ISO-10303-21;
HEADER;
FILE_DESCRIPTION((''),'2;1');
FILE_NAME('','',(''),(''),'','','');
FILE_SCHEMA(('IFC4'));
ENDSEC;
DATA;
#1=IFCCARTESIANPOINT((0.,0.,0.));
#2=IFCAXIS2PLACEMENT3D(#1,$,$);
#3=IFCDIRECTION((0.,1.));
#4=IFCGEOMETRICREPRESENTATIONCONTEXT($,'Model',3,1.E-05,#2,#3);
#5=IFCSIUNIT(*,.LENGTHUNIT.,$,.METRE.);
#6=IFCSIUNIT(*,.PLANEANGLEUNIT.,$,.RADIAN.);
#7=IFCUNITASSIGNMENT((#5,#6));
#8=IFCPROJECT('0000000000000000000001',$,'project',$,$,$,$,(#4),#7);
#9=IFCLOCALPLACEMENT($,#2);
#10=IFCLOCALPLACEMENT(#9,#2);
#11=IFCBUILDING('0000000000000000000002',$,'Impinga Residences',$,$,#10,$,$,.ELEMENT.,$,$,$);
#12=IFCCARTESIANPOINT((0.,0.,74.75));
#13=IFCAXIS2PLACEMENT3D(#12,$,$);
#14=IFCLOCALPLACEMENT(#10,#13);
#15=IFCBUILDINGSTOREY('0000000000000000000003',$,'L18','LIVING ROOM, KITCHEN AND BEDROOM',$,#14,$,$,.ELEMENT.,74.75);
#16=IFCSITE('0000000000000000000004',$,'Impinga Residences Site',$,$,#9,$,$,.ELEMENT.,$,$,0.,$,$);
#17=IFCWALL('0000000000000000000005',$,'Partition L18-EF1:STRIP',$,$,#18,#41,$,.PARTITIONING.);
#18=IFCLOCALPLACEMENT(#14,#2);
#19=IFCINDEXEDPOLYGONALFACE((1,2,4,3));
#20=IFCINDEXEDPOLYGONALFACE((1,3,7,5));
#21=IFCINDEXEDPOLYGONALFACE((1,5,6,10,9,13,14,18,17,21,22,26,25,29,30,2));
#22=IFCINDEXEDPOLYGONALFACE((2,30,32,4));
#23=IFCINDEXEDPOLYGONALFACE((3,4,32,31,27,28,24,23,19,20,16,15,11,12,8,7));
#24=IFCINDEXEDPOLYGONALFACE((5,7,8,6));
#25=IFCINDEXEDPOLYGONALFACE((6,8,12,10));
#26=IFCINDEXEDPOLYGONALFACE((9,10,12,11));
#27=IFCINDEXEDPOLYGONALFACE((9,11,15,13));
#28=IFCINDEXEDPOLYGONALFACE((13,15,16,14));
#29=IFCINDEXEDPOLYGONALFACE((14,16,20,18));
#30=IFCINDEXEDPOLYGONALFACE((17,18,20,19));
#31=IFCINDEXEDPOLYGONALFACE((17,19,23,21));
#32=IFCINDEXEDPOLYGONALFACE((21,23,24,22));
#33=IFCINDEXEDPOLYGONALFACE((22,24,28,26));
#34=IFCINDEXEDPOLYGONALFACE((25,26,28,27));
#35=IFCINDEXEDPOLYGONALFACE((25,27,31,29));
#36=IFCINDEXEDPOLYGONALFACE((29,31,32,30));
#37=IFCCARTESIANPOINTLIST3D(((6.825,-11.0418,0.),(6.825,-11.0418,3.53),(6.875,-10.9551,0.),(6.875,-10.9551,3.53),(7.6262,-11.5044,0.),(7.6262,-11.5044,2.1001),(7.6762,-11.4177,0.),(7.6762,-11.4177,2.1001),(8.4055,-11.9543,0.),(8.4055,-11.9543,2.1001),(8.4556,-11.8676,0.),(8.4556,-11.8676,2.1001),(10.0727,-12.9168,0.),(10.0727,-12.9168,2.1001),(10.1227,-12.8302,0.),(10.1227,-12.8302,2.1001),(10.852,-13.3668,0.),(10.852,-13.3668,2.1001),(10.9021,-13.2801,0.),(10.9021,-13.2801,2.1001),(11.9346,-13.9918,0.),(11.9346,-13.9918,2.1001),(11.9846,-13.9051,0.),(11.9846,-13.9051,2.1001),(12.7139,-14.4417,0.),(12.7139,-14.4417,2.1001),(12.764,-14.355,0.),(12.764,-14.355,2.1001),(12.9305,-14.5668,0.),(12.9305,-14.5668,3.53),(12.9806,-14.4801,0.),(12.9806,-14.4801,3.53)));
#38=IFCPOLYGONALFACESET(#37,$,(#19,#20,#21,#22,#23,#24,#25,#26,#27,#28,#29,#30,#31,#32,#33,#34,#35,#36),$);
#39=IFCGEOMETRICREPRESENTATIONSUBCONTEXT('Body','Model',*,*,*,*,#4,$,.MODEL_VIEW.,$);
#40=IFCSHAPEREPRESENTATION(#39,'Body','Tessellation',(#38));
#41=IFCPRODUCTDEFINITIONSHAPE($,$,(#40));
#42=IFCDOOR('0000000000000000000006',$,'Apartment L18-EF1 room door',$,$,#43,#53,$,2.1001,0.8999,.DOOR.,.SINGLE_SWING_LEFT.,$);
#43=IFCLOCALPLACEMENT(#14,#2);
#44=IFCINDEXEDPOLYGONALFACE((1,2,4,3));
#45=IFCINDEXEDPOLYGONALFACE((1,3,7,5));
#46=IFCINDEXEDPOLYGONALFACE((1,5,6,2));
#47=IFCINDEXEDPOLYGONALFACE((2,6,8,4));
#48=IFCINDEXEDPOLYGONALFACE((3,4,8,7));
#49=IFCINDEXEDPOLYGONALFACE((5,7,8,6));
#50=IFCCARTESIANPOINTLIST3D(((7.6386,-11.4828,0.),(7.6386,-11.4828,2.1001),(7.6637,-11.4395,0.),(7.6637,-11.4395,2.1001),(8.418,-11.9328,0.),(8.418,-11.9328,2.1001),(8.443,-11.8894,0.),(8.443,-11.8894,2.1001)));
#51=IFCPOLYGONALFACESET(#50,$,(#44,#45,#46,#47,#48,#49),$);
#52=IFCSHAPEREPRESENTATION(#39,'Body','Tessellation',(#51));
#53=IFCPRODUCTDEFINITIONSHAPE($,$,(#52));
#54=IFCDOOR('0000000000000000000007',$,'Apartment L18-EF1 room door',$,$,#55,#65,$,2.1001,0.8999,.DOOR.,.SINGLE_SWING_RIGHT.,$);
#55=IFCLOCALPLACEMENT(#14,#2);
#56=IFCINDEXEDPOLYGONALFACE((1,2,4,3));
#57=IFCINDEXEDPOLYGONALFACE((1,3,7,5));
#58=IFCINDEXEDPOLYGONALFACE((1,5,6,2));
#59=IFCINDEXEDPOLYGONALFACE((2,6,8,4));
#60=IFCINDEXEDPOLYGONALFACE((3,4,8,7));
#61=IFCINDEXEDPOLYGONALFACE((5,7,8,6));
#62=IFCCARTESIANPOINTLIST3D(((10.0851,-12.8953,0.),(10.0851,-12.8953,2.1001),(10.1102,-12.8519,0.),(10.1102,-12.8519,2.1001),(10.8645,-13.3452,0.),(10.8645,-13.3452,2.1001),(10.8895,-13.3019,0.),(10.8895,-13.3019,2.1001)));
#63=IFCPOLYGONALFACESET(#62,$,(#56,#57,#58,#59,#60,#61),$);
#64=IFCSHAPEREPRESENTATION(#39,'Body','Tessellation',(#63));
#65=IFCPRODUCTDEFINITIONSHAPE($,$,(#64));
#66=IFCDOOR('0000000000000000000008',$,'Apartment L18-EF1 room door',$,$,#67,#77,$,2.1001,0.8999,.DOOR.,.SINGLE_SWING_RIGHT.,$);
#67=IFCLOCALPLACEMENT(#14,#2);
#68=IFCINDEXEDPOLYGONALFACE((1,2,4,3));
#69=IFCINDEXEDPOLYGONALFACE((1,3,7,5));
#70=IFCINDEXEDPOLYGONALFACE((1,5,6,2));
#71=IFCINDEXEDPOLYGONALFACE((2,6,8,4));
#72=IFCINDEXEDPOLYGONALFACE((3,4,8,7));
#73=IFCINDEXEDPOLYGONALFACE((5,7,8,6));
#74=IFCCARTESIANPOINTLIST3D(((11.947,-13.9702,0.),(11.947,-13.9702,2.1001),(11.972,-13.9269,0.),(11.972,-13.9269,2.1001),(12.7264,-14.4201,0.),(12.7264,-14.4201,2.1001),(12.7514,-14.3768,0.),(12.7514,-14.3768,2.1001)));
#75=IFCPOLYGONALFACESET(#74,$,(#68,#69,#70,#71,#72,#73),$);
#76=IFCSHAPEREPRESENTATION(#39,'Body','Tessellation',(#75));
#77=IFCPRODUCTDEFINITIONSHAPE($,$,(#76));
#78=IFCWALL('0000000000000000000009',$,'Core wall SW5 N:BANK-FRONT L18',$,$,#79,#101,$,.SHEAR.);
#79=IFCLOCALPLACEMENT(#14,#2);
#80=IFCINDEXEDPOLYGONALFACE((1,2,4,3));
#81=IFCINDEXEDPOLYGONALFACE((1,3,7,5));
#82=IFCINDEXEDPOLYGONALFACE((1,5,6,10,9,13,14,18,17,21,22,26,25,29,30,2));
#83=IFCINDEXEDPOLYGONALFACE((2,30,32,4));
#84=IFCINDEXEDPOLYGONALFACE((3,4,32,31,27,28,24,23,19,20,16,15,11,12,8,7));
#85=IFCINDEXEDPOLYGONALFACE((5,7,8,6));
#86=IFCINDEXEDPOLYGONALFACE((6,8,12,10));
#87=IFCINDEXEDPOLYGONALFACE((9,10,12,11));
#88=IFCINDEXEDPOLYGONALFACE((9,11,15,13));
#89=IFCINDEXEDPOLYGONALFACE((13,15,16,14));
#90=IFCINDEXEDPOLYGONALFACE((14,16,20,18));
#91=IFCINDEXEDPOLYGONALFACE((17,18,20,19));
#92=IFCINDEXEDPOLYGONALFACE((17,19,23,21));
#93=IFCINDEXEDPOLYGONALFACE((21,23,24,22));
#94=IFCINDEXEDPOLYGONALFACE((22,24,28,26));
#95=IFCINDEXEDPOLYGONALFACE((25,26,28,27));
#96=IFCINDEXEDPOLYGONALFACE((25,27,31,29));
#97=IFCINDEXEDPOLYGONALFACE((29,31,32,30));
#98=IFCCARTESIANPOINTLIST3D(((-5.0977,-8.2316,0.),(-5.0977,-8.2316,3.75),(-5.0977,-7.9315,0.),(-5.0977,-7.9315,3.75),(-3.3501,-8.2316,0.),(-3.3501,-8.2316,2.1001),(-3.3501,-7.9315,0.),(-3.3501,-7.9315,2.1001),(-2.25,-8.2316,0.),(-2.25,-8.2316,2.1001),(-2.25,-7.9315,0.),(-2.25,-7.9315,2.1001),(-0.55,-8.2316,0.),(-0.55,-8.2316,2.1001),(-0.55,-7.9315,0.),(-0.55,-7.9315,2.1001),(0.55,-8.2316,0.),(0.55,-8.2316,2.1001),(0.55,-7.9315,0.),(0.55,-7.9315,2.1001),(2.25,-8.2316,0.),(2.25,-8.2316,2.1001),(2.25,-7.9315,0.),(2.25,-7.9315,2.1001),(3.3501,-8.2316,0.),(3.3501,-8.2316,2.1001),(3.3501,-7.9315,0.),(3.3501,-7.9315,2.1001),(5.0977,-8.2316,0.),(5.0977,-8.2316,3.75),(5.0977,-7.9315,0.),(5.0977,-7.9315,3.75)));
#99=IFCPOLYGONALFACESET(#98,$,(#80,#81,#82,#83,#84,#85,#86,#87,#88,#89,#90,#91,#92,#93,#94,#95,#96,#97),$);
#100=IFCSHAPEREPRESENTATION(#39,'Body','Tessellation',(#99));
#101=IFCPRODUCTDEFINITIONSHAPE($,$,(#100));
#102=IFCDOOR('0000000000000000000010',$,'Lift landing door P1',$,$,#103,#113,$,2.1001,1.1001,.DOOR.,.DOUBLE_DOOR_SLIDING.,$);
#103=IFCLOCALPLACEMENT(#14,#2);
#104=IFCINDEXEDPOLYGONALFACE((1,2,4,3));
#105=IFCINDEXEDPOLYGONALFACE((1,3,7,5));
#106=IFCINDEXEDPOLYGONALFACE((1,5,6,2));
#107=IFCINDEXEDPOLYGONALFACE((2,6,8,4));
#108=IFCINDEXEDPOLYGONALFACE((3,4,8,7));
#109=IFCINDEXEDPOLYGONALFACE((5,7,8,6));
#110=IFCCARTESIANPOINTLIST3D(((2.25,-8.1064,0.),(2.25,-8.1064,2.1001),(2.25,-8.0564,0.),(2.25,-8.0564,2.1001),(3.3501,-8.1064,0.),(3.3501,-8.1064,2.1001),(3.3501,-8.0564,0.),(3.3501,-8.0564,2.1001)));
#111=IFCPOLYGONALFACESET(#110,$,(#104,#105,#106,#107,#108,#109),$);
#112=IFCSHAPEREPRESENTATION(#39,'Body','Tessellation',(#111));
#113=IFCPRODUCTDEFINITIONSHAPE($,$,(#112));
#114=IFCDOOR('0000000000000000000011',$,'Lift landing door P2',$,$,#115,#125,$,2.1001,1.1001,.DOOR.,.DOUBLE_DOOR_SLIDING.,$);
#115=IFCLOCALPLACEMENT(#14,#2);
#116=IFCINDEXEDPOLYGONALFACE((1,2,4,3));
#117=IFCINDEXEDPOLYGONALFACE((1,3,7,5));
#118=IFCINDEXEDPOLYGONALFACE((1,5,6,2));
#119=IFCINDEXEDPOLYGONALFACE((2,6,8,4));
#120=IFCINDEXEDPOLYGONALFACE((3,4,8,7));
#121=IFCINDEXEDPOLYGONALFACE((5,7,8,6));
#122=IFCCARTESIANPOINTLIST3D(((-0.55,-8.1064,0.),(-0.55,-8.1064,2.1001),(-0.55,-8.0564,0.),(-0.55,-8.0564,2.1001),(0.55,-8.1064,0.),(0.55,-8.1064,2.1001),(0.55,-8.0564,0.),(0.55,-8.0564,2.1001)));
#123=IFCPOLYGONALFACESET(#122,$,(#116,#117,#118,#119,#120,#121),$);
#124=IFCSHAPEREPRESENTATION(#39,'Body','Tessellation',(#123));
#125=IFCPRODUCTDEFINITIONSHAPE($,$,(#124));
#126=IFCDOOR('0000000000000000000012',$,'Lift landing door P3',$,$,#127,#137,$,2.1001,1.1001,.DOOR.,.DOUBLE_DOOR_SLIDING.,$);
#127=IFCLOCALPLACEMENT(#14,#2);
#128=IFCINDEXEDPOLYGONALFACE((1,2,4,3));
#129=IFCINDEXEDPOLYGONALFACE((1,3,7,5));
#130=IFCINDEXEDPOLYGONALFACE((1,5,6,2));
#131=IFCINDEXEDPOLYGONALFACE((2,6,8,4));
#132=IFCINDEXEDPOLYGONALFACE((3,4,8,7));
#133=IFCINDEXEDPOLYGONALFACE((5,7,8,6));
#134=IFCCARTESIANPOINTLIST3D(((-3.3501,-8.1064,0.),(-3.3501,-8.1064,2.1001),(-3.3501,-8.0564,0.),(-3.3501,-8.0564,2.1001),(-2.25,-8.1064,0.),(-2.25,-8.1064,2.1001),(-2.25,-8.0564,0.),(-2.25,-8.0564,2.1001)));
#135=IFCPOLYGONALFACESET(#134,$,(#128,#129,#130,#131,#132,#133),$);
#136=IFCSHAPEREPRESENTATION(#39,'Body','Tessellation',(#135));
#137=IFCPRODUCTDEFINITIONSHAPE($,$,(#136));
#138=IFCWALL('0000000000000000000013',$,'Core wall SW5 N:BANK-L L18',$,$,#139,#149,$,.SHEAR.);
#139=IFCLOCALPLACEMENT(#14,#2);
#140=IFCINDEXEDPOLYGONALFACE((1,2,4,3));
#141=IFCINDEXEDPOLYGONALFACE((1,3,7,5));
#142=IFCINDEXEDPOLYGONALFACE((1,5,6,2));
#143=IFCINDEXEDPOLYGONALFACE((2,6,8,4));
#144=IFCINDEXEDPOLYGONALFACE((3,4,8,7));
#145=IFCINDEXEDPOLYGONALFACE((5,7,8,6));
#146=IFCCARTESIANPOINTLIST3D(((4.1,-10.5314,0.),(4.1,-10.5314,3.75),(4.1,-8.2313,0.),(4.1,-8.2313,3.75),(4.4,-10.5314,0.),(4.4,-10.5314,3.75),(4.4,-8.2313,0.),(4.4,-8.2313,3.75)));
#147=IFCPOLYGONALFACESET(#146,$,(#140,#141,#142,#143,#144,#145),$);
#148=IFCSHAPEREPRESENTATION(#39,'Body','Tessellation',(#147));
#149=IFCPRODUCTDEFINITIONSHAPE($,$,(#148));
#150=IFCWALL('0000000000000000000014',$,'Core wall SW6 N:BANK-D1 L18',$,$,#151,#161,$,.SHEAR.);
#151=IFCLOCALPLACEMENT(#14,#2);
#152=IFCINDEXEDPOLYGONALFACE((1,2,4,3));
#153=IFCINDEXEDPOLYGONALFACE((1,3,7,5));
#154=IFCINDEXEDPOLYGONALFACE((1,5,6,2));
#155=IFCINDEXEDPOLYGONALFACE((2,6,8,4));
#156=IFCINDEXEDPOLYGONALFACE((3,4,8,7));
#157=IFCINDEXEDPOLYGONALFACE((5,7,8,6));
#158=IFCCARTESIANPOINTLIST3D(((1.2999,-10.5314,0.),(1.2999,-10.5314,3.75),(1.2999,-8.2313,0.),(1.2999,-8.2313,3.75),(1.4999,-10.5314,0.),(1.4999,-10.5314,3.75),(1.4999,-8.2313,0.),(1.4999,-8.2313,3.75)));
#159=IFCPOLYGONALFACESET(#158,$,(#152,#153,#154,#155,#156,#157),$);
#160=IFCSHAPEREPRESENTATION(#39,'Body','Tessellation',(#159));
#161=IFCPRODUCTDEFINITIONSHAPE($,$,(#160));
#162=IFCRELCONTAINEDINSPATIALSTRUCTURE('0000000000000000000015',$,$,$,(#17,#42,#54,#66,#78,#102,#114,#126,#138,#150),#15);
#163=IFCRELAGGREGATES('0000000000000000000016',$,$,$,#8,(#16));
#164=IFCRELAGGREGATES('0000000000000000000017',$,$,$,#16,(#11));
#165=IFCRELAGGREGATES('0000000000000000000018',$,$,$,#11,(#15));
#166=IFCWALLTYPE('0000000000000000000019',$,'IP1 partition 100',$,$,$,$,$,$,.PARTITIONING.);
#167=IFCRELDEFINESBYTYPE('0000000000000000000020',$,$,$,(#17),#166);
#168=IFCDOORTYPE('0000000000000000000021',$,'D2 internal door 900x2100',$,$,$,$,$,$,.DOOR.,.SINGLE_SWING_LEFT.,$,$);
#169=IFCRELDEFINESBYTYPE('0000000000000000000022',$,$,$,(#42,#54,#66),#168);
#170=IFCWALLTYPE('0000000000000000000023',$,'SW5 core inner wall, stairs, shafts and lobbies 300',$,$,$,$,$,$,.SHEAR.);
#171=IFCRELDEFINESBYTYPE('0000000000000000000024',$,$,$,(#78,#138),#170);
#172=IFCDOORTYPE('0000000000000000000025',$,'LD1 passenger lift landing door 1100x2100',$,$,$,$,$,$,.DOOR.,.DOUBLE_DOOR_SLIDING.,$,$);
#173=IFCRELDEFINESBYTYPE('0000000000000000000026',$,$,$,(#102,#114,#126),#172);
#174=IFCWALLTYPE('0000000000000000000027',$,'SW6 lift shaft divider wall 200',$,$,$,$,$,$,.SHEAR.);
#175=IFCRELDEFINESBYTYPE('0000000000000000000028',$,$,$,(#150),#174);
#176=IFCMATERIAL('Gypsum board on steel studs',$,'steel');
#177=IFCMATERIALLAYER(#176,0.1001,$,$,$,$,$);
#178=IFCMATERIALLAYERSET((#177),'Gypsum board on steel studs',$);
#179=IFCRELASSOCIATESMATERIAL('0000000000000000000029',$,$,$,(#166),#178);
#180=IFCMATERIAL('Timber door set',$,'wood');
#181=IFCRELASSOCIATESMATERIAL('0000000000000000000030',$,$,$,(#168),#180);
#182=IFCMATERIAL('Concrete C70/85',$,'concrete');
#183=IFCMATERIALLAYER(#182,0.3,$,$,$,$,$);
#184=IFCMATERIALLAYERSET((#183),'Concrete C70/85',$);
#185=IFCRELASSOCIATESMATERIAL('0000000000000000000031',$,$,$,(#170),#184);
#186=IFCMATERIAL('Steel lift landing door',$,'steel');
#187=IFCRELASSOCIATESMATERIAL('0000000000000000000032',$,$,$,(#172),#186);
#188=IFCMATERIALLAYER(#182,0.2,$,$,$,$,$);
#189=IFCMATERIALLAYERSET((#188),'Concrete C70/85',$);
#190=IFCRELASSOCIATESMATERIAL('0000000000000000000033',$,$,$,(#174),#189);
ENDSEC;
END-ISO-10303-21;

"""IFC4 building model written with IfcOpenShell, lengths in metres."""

from ifc_helpers import new_model, si_unit, direction, frame, frame_2d, origin, place, context, subcontext, project, spatial, rectangle, extrude, material, layer, layer_set, type_object, element, fill, save


model = new_model("IFC4")

# Units and contexts
model_context = context("Model", 3, precision=1e-05, world=origin(), true_north=direction((0.0, 1.0)))
body_context = subcontext(model_context, "Body", "Model", "MODEL_VIEW")
ifc_project = project(units=[si_unit("LENGTHUNIT", "METRE"), si_unit("PLANEANGLEUNIT", "RADIAN")], contexts=[model_context])

# Site, building, storey
site_placement = place(None, origin())
site = spatial("IfcSite", under=ifc_project, at=site_placement, Name="Impinga Residences Site", CompositionType="ELEMENT", RefElevation=0.0)
building_placement = place(site_placement, origin())
building = spatial("IfcBuilding", under=site, at=building_placement, Name="Impinga Residences", CompositionType="ELEMENT")
storey_placement = place(building_placement, frame((0.0, 0.0, 74.75)))
storey = spatial("IfcBuildingStorey", under=building, at=storey_placement, Name="L18", Description="LIVING ROOM, KITCHEN AND BEDROOM", CompositionType="ELEMENT", Elevation=74.75)

# Shared definitions
ifc_material_1 = material(Name="Concrete C70/85", Category="concrete")

# Shared definitions
ifc_material_2 = material(Name="Timber door set", Category="wood")

# Shared definitions
ifc_material_3 = material(Name="Gypsum board on steel studs", Category="steel")
ifc_layer_1 = layer(ifc_material_3, 0.1001)
ifc_layer_set_1 = layer_set([ifc_layer_1], Name="Gypsum board on steel studs")
wall_type_1 = type_object("IfcWallType", Name="IP1 partition 100", PredefinedType="PARTITIONING", material=ifc_layer_set_1)

# Walls, openings, doors
wall_1_placement = place(storey_placement, frame((6.8501, -10.9985, 0.0), z_axis=(0.0, 0.0, 1.0), x_axis=(0.866031, -0.49999, 0.0)))
wall_1 = element("IfcWall", 1, at=wall_1_placement, inside=storey, type_object=wall_type_1, Name="Partition L18-EF1:STRIP", PredefinedType="PARTITIONING", context=body_context, shape_type="SweptSolid", body=[
    extrude(rectangle(XDim=7.05, YDim=0.1001, at=frame_2d((3.5249, 0.0))), origin(), (0.0, 0.0, 1.0), 3.53),
])
opening_1_placement = place(wall_1_placement, frame((0.925, 0.0, 0.0)))
opening_1 = element("IfcOpeningElement", 2, at=opening_1_placement, cuts=wall_1, PredefinedType="OPENING", context=body_context, shape_type="SweptSolid", body=[
    extrude(rectangle(XDim=0.8999, YDim=2.1001, at=frame_2d((0.45, 1.05))), frame((0.0, 0.0601, 0.0), z_axis=(0.0, -1.0, 0.0), x_axis=(1.0, 0.0, 0.0)), (0.0, 0.0, 1.0), 0.1201),
])
opening_2_placement = place(wall_1_placement, frame((3.75, 0.0, 0.0)))
opening_2 = element("IfcOpeningElement", 3, at=opening_2_placement, cuts=wall_1, PredefinedType="OPENING", context=body_context, shape_type="SweptSolid", body=[
    extrude(rectangle(XDim=0.8999, YDim=2.1001, at=frame_2d((0.45, 1.05))), frame((0.0, 0.0601, 0.0), z_axis=(0.0, -1.0, 0.0), x_axis=(1.0, 0.0, 0.0)), (0.0, 0.0, 1.0), 0.1201),
])
opening_3_placement = place(wall_1_placement, frame((5.8999, 0.0, 0.0)))
opening_3 = element("IfcOpeningElement", 4, at=opening_3_placement, cuts=wall_1, PredefinedType="OPENING", context=body_context, shape_type="SweptSolid", body=[
    extrude(rectangle(XDim=0.8999, YDim=2.1001, at=frame_2d((0.45, 1.05))), frame((0.0, 0.0601, 0.0), z_axis=(0.0, -1.0, 0.0), x_axis=(1.0, 0.0, 0.0)), (0.0, 0.0, 1.0), 0.1201),
])
door_type_1 = type_object("IfcDoorType", Name="D2 internal door 900x2100", OperationType="SINGLE_SWING_LEFT", PredefinedType="DOOR", material=ifc_material_2)
door_1_placement = place(opening_1_placement, origin())
door_1 = element("IfcDoor", 5, at=door_1_placement, inside=storey, type_object=door_type_1, Name="Apartment L18-EF1 room door", OperationType="SINGLE_SWING_LEFT", OverallHeight=2.1001, OverallWidth=0.8999, PredefinedType="DOOR", context=body_context, shape_type="SweptSolid", body=[
    extrude(rectangle(XDim=0.8999, YDim=2.1001, at=frame_2d((0.45, 1.05))), frame((0.0, 0.0249, 0.0), z_axis=(0.0, -1.0, 0.0), x_axis=(1.0, 0.0, 0.0)), (0.0, 0.0, 1.0), 0.05),
])
fill(opening_1, door_1)
door_2_placement = place(opening_2_placement, origin())
door_2 = element("IfcDoor", 6, at=door_2_placement, inside=storey, type_object=door_type_1, Name="Apartment L18-EF1 room door", OperationType="SINGLE_SWING_RIGHT", OverallHeight=2.1001, OverallWidth=0.8999, PredefinedType="DOOR", context=body_context, shape_type="SweptSolid", body=[
    extrude(rectangle(XDim=0.8999, YDim=2.1001, at=frame_2d((0.45, 1.05))), frame((0.0, 0.0249, 0.0), z_axis=(0.0, -1.0, 0.0), x_axis=(1.0, 0.0, 0.0)), (0.0, 0.0, 1.0), 0.05),
])
fill(opening_2, door_2)
door_3_placement = place(opening_3_placement, origin())
door_3 = element("IfcDoor", 7, at=door_3_placement, inside=storey, type_object=door_type_1, Name="Apartment L18-EF1 room door", OperationType="SINGLE_SWING_RIGHT", OverallHeight=2.1001, OverallWidth=0.8999, PredefinedType="DOOR", context=body_context, shape_type="SweptSolid", body=[
    extrude(rectangle(XDim=0.8999, YDim=2.1001, at=frame_2d((0.45, 1.05))), frame((0.0, 0.0249, 0.0), z_axis=(0.0, -1.0, 0.0), x_axis=(1.0, 0.0, 0.0)), (0.0, 0.0, 1.0), 0.05),
])
fill(opening_3, door_3)
ifc_layer_2 = layer(ifc_material_1, 0.3)
ifc_layer_set_2 = layer_set([ifc_layer_2], Name="Concrete C70/85")
wall_type_2 = type_object("IfcWallType", Name="SW5 core inner wall, stairs, shafts and lobbies 300", PredefinedType="SHEAR", material=ifc_layer_set_2)
wall_2_placement = place(storey_placement, frame((5.0977, -8.0815, 0.0), z_axis=(0.0, 0.0, 1.0), x_axis=(-1.0, 0.0, 0.0)))
wall_2 = element("IfcWall", 8, at=wall_2_placement, inside=storey, type_object=wall_type_2, Name="Core wall SW5 N:BANK-FRONT L18", PredefinedType="SHEAR", context=body_context, shape_type="SweptSolid", body=[
    extrude(rectangle(XDim=10.1953, YDim=0.3, at=frame_2d((5.0977, 0.0))), origin(), (0.0, 0.0, 1.0), 3.75),
])
opening_4_placement = place(wall_2_placement, frame((1.7476, 0.0, 0.0)))
opening_4 = element("IfcOpeningElement", 9, at=opening_4_placement, cuts=wall_2, PredefinedType="OPENING", context=body_context, shape_type="SweptSolid", body=[
    extrude(rectangle(XDim=1.1001, YDim=2.1001, at=frame_2d((0.55, 1.05))), frame((0.0, 0.1599, 0.0), z_axis=(0.0, -1.0, 0.0), x_axis=(1.0, 0.0, 0.0)), (0.0, 0.0, 1.0), 0.3201),
])
opening_5_placement = place(wall_2_placement, frame((4.5476, 0.0, 0.0)))
opening_5 = element("IfcOpeningElement", 10, at=opening_5_placement, cuts=wall_2, PredefinedType="OPENING", context=body_context, shape_type="SweptSolid", body=[
    extrude(rectangle(XDim=1.1001, YDim=2.1001, at=frame_2d((0.55, 1.05))), frame((0.0, 0.1599, 0.0), z_axis=(0.0, -1.0, 0.0), x_axis=(1.0, 0.0, 0.0)), (0.0, 0.0, 1.0), 0.3201),
])
opening_6_placement = place(wall_2_placement, frame((7.3477, 0.0, 0.0)))
opening_6 = element("IfcOpeningElement", 11, at=opening_6_placement, cuts=wall_2, PredefinedType="OPENING", context=body_context, shape_type="SweptSolid", body=[
    extrude(rectangle(XDim=1.1001, YDim=2.1001, at=frame_2d((0.55, 1.05))), frame((0.0, 0.1599, 0.0), z_axis=(0.0, -1.0, 0.0), x_axis=(1.0, 0.0, 0.0)), (0.0, 0.0, 1.0), 0.3201),
])
ifc_material_4 = material(Name="Steel lift landing door", Category="steel")
door_type_2 = type_object("IfcDoorType", Name="LD1 passenger lift landing door 1100x2100", OperationType="DOUBLE_DOOR_SLIDING", PredefinedType="DOOR", material=ifc_material_4)
door_4_placement = place(opening_4_placement, origin())
door_4 = element("IfcDoor", 12, at=door_4_placement, inside=storey, type_object=door_type_2, Name="Lift landing door P1", OperationType="DOUBLE_DOOR_SLIDING", OverallHeight=2.1001, OverallWidth=1.1001, PredefinedType="DOOR", context=body_context, shape_type="SweptSolid", body=[
    extrude(rectangle(XDim=1.1001, YDim=2.1001, at=frame_2d((0.55, 1.05))), frame((0.0, 0.0249, 0.0), z_axis=(0.0, -1.0, 0.0), x_axis=(1.0, 0.0, 0.0)), (0.0, 0.0, 1.0), 0.05),
])
fill(opening_4, door_4)
door_5_placement = place(opening_5_placement, origin())
door_5 = element("IfcDoor", 13, at=door_5_placement, inside=storey, type_object=door_type_2, Name="Lift landing door P2", OperationType="DOUBLE_DOOR_SLIDING", OverallHeight=2.1001, OverallWidth=1.1001, PredefinedType="DOOR", context=body_context, shape_type="SweptSolid", body=[
    extrude(rectangle(XDim=1.1001, YDim=2.1001, at=frame_2d((0.55, 1.05))), frame((0.0, 0.0249, 0.0), z_axis=(0.0, -1.0, 0.0), x_axis=(1.0, 0.0, 0.0)), (0.0, 0.0, 1.0), 0.05),
])
fill(opening_5, door_5)
door_6_placement = place(opening_6_placement, origin())
door_6 = element("IfcDoor", 14, at=door_6_placement, inside=storey, type_object=door_type_2, Name="Lift landing door P3", OperationType="DOUBLE_DOOR_SLIDING", OverallHeight=2.1001, OverallWidth=1.1001, PredefinedType="DOOR", context=body_context, shape_type="SweptSolid", body=[
    extrude(rectangle(XDim=1.1001, YDim=2.1001, at=frame_2d((0.55, 1.05))), frame((0.0, 0.0249, 0.0), z_axis=(0.0, -1.0, 0.0), x_axis=(1.0, 0.0, 0.0)), (0.0, 0.0, 1.0), 0.05),
])
fill(opening_6, door_6)

# Walls
wall_3_placement = place(storey_placement, frame((4.25, -8.2314, 0.0), z_axis=(0.0, 0.0, 1.0), x_axis=(0.0, -1.0, 0.0)))
element("IfcWall", 15, at=wall_3_placement, inside=storey, type_object=wall_type_2, Name="Core wall SW5 N:BANK-L L18", PredefinedType="SHEAR", context=body_context, shape_type="SweptSolid", body=[
    extrude(rectangle(XDim=2.3, YDim=0.3, at=frame_2d((1.1499, 0.0))), origin(), (0.0, 0.0, 1.0), 3.75),
])
ifc_layer_3 = layer(ifc_material_1, 0.2)
ifc_layer_set_3 = layer_set([ifc_layer_3], Name="Concrete C70/85")
wall_type_3 = type_object("IfcWallType", Name="SW6 lift shaft divider wall 200", PredefinedType="SHEAR", material=ifc_layer_set_3)
wall_4_placement = place(storey_placement, frame((1.3999, -8.2314, 0.0), z_axis=(0.0, 0.0, 1.0), x_axis=(0.0, -1.0, 0.0)))
element("IfcWall", 16, at=wall_4_placement, inside=storey, type_object=wall_type_3, Name="Core wall SW6 N:BANK-D1 L18", PredefinedType="SHEAR", context=body_context, shape_type="SweptSolid", body=[
    extrude(rectangle(XDim=2.3, YDim=0.2, at=frame_2d((1.1499, 0.0))), origin(), (0.0, 0.0, 1.0), 3.75),
])

save(model, "model.ifc")
